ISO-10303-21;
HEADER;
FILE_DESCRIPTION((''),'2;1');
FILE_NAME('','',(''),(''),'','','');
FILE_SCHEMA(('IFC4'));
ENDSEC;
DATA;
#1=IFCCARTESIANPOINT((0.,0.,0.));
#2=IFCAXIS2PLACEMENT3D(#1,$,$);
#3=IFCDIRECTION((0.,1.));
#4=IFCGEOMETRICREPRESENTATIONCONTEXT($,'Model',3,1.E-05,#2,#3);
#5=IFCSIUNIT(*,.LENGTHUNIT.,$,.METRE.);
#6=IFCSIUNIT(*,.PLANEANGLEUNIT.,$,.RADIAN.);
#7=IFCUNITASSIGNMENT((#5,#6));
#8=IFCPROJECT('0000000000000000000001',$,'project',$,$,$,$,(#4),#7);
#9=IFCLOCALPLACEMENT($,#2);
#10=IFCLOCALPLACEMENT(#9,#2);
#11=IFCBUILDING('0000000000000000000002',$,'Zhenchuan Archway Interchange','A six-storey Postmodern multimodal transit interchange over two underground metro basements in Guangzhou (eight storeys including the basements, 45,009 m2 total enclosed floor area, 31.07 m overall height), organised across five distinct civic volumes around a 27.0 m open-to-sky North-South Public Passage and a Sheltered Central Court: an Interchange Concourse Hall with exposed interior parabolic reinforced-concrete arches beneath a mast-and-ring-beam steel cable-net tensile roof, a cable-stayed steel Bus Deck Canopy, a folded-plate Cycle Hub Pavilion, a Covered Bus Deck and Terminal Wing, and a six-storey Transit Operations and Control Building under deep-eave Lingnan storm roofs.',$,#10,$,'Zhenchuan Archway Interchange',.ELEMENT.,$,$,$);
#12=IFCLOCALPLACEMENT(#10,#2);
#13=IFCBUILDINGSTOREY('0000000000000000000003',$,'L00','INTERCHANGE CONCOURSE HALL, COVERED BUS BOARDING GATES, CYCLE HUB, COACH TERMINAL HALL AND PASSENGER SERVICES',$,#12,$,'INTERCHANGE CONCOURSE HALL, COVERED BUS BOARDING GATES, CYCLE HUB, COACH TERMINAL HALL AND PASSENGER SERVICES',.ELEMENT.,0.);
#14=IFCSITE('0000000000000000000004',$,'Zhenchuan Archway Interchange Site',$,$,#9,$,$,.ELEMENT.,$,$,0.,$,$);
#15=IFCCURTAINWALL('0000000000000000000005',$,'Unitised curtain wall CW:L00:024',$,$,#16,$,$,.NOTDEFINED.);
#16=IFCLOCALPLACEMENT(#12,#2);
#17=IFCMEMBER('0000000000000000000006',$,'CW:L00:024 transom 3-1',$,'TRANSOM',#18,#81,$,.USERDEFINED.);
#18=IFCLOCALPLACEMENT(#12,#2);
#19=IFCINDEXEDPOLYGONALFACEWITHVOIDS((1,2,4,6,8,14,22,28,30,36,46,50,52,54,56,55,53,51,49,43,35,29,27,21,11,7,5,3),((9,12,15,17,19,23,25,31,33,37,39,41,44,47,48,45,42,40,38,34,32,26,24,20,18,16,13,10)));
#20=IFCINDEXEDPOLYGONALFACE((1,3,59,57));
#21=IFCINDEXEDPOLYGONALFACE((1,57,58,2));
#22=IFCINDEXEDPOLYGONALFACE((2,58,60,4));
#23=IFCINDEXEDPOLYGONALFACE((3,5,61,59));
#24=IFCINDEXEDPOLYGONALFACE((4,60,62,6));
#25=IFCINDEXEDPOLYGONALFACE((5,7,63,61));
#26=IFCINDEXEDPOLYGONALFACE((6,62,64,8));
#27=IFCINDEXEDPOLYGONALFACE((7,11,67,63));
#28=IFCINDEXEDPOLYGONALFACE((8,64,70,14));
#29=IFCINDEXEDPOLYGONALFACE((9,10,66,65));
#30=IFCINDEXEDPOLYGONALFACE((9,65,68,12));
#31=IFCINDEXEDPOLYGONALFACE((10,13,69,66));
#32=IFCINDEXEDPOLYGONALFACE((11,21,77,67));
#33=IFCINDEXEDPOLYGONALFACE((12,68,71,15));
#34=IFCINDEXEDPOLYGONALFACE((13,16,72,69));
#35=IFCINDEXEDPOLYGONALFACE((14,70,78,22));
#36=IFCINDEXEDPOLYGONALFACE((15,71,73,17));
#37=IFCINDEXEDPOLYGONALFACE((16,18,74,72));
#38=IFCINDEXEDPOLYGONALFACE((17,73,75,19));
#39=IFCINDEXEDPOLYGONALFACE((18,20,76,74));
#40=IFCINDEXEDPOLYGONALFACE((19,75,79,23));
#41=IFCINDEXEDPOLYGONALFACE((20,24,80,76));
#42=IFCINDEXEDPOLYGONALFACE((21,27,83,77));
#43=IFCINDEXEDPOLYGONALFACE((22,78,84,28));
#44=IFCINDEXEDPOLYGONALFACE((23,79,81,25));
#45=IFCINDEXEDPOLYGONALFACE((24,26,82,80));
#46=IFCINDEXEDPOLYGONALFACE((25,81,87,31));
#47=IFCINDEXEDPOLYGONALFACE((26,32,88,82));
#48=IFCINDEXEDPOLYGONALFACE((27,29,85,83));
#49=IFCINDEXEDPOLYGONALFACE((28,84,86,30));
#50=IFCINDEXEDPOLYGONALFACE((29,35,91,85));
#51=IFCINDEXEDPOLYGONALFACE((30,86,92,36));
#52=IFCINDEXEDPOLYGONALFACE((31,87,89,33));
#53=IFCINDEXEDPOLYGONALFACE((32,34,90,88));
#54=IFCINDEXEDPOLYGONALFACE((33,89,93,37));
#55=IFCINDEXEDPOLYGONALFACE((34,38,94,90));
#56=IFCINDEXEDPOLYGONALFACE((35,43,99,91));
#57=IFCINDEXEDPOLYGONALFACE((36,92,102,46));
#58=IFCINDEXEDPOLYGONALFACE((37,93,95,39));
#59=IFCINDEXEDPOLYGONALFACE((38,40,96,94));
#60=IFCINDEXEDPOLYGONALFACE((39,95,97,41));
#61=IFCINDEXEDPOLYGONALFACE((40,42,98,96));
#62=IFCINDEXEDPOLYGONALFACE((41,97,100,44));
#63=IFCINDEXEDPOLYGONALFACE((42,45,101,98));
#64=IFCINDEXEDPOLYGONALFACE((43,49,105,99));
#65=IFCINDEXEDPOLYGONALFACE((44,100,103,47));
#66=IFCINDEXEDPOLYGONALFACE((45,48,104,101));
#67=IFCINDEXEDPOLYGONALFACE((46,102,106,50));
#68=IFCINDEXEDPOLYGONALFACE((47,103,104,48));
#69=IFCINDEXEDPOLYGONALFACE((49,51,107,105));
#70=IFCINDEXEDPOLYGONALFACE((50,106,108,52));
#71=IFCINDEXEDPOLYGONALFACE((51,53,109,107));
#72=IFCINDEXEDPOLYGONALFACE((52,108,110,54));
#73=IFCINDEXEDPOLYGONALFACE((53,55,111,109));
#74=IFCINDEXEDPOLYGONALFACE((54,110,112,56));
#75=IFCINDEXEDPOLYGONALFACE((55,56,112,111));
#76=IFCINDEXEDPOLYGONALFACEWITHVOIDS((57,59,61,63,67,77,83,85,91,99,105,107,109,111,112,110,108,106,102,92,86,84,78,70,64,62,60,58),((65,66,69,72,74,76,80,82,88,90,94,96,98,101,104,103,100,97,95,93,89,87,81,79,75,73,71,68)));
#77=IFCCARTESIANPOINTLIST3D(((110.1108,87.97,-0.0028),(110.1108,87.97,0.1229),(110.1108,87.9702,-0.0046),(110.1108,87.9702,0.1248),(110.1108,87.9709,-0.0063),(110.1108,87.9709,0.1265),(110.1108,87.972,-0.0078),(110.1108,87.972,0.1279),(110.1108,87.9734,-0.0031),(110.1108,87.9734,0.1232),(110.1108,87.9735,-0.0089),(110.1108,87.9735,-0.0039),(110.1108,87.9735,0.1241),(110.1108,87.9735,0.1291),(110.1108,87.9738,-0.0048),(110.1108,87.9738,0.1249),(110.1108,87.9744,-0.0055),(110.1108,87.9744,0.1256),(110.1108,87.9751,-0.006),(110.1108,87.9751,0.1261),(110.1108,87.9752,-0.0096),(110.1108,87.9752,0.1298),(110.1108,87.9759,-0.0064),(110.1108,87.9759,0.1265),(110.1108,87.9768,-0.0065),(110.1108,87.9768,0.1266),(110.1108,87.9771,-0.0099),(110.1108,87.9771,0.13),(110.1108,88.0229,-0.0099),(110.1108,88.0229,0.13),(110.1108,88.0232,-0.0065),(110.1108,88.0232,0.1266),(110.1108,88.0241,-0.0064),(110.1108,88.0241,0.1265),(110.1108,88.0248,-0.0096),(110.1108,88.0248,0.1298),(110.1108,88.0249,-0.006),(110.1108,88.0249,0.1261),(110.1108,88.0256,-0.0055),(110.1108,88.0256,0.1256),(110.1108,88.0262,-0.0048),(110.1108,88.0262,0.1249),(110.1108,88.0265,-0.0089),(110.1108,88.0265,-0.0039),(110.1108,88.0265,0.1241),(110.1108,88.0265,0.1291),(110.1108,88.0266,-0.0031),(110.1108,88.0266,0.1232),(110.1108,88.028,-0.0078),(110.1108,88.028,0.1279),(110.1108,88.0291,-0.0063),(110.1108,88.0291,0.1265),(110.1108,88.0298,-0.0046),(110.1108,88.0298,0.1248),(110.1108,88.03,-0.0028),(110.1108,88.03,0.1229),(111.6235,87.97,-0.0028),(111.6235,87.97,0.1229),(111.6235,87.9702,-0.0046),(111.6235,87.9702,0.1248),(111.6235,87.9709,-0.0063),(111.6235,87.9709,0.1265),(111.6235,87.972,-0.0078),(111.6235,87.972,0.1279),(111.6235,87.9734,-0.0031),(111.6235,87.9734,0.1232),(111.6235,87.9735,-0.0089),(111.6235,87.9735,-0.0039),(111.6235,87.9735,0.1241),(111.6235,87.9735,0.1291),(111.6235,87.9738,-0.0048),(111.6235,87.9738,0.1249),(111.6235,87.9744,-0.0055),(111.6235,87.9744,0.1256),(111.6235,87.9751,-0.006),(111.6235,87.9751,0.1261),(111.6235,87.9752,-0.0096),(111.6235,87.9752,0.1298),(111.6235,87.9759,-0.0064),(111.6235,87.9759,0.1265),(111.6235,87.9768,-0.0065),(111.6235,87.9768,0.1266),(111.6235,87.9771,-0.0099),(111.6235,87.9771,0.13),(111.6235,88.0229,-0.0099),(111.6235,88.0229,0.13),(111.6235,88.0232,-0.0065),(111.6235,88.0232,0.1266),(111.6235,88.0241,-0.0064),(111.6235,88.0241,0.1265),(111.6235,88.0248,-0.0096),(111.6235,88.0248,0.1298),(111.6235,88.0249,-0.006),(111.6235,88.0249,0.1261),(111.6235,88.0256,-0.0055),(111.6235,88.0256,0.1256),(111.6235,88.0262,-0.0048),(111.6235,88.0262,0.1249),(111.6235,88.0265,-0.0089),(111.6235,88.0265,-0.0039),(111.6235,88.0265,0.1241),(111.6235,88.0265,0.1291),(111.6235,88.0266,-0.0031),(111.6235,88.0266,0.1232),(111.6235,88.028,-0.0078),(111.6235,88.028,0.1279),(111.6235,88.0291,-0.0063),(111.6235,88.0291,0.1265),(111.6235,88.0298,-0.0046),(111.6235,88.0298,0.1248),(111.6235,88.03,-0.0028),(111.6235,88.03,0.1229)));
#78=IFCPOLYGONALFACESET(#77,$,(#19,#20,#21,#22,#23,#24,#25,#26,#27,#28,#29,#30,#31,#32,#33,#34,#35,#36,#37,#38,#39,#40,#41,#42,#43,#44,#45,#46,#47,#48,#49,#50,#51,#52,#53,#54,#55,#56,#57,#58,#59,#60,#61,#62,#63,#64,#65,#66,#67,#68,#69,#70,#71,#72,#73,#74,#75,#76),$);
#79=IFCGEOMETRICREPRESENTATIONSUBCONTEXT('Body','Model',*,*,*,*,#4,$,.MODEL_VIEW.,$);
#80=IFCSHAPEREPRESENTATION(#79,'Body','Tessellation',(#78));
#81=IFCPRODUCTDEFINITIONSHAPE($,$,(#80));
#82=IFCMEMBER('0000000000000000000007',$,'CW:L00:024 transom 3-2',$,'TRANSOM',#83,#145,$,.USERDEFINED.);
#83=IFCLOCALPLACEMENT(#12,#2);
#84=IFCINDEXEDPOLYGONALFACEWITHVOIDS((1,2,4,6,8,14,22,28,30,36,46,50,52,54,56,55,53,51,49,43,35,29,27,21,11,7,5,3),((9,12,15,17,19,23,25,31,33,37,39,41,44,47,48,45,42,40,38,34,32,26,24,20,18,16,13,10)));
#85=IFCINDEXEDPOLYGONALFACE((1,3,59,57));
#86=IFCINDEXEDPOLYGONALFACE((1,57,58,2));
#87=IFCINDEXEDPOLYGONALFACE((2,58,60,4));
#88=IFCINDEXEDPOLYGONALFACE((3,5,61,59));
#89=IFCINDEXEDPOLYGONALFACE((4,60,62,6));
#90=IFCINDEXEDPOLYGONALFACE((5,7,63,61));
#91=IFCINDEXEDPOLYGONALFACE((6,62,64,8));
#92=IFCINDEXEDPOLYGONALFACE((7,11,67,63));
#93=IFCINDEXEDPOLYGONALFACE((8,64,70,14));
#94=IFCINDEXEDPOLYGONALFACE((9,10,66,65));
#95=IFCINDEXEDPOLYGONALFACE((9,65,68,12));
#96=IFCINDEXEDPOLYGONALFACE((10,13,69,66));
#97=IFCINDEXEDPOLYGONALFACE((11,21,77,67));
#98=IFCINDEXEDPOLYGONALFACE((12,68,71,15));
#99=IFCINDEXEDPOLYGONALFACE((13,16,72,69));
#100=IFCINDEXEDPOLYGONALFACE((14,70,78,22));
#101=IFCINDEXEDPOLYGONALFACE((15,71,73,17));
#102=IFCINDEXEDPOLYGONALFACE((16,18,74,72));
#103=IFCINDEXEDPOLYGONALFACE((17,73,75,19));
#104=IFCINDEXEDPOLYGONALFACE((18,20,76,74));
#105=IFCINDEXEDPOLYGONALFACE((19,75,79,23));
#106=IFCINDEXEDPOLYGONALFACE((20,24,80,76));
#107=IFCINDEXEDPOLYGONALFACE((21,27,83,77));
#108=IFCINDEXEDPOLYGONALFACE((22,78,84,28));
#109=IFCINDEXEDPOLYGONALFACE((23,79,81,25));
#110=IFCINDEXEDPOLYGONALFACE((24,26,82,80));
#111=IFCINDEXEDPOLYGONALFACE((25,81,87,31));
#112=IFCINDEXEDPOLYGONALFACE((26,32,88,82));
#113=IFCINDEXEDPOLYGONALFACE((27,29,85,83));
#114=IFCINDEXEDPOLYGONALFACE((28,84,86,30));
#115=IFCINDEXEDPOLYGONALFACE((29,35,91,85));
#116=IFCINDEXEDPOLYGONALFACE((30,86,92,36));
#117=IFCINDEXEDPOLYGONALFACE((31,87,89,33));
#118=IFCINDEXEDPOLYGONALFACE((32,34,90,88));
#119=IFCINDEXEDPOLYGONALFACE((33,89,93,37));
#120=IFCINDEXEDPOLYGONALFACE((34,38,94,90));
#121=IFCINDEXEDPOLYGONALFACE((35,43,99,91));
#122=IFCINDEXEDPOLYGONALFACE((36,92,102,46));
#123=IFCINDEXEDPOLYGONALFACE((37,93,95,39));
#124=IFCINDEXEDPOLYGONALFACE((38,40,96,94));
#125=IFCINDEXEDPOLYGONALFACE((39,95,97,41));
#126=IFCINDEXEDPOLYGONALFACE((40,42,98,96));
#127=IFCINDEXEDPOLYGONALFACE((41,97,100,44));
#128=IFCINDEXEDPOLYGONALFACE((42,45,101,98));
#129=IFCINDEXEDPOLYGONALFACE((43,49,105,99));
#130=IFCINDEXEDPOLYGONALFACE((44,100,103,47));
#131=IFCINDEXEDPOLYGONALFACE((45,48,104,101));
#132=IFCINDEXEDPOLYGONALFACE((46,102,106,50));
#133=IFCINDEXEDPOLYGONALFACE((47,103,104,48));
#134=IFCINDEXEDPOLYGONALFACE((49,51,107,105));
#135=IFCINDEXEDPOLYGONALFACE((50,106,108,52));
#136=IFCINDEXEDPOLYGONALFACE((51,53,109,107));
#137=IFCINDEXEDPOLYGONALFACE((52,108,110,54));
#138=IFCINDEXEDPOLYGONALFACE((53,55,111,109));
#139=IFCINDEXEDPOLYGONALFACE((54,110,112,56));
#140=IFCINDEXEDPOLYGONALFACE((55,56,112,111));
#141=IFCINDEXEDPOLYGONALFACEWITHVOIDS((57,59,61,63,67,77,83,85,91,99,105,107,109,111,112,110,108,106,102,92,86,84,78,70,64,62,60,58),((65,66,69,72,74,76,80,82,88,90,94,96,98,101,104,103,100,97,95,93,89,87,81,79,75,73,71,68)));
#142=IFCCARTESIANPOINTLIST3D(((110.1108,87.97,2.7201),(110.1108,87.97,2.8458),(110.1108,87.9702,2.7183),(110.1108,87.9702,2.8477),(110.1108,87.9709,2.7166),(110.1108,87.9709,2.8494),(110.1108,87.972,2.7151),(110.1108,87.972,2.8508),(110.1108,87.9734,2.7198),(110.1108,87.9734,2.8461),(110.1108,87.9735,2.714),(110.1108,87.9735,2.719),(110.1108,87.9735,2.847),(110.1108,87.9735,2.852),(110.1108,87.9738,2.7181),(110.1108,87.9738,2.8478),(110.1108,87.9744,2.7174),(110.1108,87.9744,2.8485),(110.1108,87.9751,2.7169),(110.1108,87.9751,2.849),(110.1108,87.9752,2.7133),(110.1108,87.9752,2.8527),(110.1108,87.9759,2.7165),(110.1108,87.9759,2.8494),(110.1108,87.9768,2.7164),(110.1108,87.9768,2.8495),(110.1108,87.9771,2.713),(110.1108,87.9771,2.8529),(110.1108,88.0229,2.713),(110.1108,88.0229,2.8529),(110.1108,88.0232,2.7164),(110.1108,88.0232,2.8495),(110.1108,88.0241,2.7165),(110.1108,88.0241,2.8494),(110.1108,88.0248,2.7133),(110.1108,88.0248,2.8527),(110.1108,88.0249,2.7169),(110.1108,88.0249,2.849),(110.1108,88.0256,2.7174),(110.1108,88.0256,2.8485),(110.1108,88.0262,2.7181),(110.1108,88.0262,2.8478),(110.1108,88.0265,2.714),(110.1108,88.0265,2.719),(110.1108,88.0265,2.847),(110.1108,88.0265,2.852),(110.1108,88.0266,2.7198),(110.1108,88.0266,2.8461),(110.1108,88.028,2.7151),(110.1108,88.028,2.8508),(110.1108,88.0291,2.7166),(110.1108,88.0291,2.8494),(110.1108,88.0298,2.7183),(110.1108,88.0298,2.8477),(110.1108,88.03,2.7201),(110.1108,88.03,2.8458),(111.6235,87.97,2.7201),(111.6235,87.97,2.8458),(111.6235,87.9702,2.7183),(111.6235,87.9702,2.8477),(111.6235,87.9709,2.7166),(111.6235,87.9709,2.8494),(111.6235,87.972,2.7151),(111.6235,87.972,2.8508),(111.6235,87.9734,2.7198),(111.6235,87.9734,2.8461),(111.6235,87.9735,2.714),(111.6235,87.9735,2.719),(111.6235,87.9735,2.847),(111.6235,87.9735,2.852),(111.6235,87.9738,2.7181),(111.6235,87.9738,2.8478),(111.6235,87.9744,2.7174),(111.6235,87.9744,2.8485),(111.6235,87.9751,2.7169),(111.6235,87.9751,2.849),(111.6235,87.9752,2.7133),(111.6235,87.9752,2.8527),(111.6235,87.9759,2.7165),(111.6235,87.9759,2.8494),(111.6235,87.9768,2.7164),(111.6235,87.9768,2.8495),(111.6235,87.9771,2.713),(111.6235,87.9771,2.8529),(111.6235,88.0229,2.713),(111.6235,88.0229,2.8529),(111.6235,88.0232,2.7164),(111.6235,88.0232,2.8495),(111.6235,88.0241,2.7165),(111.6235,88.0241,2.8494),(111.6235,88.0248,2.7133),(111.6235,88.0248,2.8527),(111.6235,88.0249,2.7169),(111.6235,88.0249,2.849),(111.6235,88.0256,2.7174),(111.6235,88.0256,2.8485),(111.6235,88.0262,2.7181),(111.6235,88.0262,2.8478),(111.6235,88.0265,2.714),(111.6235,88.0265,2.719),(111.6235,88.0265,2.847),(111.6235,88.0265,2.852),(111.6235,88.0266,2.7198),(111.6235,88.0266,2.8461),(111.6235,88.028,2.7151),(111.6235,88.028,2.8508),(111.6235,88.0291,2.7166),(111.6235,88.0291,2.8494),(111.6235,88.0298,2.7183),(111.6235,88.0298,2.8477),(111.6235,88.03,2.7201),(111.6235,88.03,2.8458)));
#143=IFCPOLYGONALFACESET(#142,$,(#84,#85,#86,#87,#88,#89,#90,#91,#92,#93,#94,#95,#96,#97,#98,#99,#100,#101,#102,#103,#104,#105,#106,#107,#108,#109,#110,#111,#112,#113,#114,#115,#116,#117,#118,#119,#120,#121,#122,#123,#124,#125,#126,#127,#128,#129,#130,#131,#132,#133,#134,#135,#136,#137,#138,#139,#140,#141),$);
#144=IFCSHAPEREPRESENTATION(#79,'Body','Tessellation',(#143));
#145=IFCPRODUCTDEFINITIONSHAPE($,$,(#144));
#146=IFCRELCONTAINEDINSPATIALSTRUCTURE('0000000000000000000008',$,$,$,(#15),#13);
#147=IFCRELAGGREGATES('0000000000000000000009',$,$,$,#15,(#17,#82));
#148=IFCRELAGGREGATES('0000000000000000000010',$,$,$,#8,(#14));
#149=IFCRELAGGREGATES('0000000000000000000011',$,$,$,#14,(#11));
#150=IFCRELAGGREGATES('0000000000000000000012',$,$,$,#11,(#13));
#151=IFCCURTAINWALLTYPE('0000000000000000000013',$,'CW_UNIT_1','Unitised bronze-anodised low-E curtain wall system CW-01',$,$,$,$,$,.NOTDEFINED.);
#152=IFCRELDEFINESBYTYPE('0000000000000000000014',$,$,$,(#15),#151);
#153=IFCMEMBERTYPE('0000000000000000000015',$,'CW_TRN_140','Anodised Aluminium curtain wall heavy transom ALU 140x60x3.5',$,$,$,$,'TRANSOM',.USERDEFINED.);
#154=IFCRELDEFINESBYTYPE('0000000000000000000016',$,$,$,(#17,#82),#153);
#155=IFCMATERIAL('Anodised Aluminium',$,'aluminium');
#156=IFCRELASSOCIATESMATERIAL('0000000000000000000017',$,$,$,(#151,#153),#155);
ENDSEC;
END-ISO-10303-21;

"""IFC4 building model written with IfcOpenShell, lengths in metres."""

from ifc_helpers import new_model, si_unit, direction, frame, origin, origin_2d, place, context, subcontext, project, spatial, hollow_rectangle, extrude, material, material_profile, profile_set, type_object, element, aggregate, save


model = new_model("IFC4")

# Units and contexts
model_context = context("Model", 3, precision=1e-05, world=origin(), true_north=direction((0.0, 1.0)))
body_context = subcontext(model_context, "Body", "Model", "MODEL_VIEW")
ifc_project = project(units=[si_unit("LENGTHUNIT", "METRE"), si_unit("PLANEANGLEUNIT", "RADIAN")], contexts=[model_context])

# Site, building, storey
site_placement = place(None, origin())
site = spatial("IfcSite", under=ifc_project, at=site_placement, Name="Zhenchuan Archway Interchange Site", CompositionType="ELEMENT", RefElevation=0.0)
building_placement = place(site_placement, origin())
building = spatial("IfcBuilding", under=site, at=building_placement, Name="Zhenchuan Archway Interchange", Description="A six-storey Postmodern multimodal transit interchange over two underground metro basements in Guangzhou (eight storeys including the basements, 45,009 m2 total enclosed floor area, 31.07 m overall height), organised across five distinct civic volumes around a 27.0 m open-to-sky North-South Public Passage and a Sheltered Central Court: an Interchange Concourse Hall with exposed interior parabolic reinforced-concrete arches beneath a mast-and-ring-beam steel cable-net tensile roof, a cable-stayed steel Bus Deck Canopy, a folded-plate Cycle Hub Pavilion, a Covered Bus Deck and Terminal Wing, and a six-storey Transit Operations and Control Building under deep-eave Lingnan storm roofs.", LongName="Zhenchuan Archway Interchange", CompositionType="ELEMENT")
storey_placement = place(building_placement, origin())
storey = spatial("IfcBuildingStorey", under=building, at=storey_placement, Name="L00", Description="INTERCHANGE CONCOURSE HALL, COVERED BUS BOARDING GATES, CYCLE HUB, COACH TERMINAL HALL AND PASSENGER SERVICES", LongName="INTERCHANGE CONCOURSE HALL, COVERED BUS BOARDING GATES, CYCLE HUB, COACH TERMINAL HALL AND PASSENGER SERVICES", CompositionType="ELEMENT", Elevation=0.0)

# Curtain wall, members
ifc_material_1 = material(Name="Anodised Aluminium", Category="aluminium")
curtain_wall_type = type_object("IfcCurtainWallType", Name="CW_UNIT_1", Description="Unitised bronze-anodised low-E curtain wall system CW-01", PredefinedType="NOTDEFINED", material=ifc_material_1)
curtain_wall_placement = place(storey_placement, origin())
curtain_wall = element("IfcCurtainWall", 1, at=curtain_wall_placement, inside=storey, type_object=curtain_wall_type, Name="Unitised curtain wall CW:L00:024", PredefinedType="NOTDEFINED")
ifc_material_profile_1 = material_profile(ifc_material_1, hollow_rectangle(XDim=0.0601, YDim=0.1399, WallThickness=0.0034, InnerFilletRadius=0.0034, OuterFilletRadius=0.0071, at=origin_2d()), Name="ALU 140x60x3.5")
ifc_profile_set_1 = profile_set([ifc_material_profile_1], Name="Anodised Aluminium")
member_type_1 = type_object("IfcMemberType", Name="CW_TRN_140", Description="Anodised Aluminium curtain wall heavy transom ALU 140x60x3.5", ElementType="TRANSOM", PredefinedType="USERDEFINED", material=ifc_profile_set_1)
member_1_placement = place(storey_placement, frame((111.6235, 88.0, 0.0601), z_axis=(-1.0, 0.0, 0.0), x_axis=(0.0, -1.0, 0.0)))
member_1 = element("IfcMember", 2, at=member_1_placement, type_object=member_type_1, Name="CW:L00:024 transom 3-1", ObjectType="TRANSOM", PredefinedType="USERDEFINED", context=body_context, shape_type="SweptSolid", body=[
    extrude(hollow_rectangle(XDim=0.0601, YDim=0.1399, WallThickness=0.0034, InnerFilletRadius=0.0034, OuterFilletRadius=0.0071, at=origin_2d()), origin(), (0.0, 0.0, 1.0), 1.5127),
])
member_2_placement = place(storey_placement, frame((111.6235, 88.0, 2.783), z_axis=(-1.0, 0.0, 0.0), x_axis=(0.0, -1.0, 0.0)))
member_2 = element("IfcMember", 3, at=member_2_placement, type_object=member_type_1, Name="CW:L00:024 transom 3-2", ObjectType="TRANSOM", PredefinedType="USERDEFINED", context=body_context, shape_type="SweptSolid", body=[
    extrude(hollow_rectangle(XDim=0.0601, YDim=0.1399, WallThickness=0.0034, InnerFilletRadius=0.0034, OuterFilletRadius=0.0071, at=origin_2d()), origin(), (0.0, 0.0, 1.0), 1.5127),
])
aggregate(curtain_wall, [member_1, member_2])

save(model, "model.ifc")
